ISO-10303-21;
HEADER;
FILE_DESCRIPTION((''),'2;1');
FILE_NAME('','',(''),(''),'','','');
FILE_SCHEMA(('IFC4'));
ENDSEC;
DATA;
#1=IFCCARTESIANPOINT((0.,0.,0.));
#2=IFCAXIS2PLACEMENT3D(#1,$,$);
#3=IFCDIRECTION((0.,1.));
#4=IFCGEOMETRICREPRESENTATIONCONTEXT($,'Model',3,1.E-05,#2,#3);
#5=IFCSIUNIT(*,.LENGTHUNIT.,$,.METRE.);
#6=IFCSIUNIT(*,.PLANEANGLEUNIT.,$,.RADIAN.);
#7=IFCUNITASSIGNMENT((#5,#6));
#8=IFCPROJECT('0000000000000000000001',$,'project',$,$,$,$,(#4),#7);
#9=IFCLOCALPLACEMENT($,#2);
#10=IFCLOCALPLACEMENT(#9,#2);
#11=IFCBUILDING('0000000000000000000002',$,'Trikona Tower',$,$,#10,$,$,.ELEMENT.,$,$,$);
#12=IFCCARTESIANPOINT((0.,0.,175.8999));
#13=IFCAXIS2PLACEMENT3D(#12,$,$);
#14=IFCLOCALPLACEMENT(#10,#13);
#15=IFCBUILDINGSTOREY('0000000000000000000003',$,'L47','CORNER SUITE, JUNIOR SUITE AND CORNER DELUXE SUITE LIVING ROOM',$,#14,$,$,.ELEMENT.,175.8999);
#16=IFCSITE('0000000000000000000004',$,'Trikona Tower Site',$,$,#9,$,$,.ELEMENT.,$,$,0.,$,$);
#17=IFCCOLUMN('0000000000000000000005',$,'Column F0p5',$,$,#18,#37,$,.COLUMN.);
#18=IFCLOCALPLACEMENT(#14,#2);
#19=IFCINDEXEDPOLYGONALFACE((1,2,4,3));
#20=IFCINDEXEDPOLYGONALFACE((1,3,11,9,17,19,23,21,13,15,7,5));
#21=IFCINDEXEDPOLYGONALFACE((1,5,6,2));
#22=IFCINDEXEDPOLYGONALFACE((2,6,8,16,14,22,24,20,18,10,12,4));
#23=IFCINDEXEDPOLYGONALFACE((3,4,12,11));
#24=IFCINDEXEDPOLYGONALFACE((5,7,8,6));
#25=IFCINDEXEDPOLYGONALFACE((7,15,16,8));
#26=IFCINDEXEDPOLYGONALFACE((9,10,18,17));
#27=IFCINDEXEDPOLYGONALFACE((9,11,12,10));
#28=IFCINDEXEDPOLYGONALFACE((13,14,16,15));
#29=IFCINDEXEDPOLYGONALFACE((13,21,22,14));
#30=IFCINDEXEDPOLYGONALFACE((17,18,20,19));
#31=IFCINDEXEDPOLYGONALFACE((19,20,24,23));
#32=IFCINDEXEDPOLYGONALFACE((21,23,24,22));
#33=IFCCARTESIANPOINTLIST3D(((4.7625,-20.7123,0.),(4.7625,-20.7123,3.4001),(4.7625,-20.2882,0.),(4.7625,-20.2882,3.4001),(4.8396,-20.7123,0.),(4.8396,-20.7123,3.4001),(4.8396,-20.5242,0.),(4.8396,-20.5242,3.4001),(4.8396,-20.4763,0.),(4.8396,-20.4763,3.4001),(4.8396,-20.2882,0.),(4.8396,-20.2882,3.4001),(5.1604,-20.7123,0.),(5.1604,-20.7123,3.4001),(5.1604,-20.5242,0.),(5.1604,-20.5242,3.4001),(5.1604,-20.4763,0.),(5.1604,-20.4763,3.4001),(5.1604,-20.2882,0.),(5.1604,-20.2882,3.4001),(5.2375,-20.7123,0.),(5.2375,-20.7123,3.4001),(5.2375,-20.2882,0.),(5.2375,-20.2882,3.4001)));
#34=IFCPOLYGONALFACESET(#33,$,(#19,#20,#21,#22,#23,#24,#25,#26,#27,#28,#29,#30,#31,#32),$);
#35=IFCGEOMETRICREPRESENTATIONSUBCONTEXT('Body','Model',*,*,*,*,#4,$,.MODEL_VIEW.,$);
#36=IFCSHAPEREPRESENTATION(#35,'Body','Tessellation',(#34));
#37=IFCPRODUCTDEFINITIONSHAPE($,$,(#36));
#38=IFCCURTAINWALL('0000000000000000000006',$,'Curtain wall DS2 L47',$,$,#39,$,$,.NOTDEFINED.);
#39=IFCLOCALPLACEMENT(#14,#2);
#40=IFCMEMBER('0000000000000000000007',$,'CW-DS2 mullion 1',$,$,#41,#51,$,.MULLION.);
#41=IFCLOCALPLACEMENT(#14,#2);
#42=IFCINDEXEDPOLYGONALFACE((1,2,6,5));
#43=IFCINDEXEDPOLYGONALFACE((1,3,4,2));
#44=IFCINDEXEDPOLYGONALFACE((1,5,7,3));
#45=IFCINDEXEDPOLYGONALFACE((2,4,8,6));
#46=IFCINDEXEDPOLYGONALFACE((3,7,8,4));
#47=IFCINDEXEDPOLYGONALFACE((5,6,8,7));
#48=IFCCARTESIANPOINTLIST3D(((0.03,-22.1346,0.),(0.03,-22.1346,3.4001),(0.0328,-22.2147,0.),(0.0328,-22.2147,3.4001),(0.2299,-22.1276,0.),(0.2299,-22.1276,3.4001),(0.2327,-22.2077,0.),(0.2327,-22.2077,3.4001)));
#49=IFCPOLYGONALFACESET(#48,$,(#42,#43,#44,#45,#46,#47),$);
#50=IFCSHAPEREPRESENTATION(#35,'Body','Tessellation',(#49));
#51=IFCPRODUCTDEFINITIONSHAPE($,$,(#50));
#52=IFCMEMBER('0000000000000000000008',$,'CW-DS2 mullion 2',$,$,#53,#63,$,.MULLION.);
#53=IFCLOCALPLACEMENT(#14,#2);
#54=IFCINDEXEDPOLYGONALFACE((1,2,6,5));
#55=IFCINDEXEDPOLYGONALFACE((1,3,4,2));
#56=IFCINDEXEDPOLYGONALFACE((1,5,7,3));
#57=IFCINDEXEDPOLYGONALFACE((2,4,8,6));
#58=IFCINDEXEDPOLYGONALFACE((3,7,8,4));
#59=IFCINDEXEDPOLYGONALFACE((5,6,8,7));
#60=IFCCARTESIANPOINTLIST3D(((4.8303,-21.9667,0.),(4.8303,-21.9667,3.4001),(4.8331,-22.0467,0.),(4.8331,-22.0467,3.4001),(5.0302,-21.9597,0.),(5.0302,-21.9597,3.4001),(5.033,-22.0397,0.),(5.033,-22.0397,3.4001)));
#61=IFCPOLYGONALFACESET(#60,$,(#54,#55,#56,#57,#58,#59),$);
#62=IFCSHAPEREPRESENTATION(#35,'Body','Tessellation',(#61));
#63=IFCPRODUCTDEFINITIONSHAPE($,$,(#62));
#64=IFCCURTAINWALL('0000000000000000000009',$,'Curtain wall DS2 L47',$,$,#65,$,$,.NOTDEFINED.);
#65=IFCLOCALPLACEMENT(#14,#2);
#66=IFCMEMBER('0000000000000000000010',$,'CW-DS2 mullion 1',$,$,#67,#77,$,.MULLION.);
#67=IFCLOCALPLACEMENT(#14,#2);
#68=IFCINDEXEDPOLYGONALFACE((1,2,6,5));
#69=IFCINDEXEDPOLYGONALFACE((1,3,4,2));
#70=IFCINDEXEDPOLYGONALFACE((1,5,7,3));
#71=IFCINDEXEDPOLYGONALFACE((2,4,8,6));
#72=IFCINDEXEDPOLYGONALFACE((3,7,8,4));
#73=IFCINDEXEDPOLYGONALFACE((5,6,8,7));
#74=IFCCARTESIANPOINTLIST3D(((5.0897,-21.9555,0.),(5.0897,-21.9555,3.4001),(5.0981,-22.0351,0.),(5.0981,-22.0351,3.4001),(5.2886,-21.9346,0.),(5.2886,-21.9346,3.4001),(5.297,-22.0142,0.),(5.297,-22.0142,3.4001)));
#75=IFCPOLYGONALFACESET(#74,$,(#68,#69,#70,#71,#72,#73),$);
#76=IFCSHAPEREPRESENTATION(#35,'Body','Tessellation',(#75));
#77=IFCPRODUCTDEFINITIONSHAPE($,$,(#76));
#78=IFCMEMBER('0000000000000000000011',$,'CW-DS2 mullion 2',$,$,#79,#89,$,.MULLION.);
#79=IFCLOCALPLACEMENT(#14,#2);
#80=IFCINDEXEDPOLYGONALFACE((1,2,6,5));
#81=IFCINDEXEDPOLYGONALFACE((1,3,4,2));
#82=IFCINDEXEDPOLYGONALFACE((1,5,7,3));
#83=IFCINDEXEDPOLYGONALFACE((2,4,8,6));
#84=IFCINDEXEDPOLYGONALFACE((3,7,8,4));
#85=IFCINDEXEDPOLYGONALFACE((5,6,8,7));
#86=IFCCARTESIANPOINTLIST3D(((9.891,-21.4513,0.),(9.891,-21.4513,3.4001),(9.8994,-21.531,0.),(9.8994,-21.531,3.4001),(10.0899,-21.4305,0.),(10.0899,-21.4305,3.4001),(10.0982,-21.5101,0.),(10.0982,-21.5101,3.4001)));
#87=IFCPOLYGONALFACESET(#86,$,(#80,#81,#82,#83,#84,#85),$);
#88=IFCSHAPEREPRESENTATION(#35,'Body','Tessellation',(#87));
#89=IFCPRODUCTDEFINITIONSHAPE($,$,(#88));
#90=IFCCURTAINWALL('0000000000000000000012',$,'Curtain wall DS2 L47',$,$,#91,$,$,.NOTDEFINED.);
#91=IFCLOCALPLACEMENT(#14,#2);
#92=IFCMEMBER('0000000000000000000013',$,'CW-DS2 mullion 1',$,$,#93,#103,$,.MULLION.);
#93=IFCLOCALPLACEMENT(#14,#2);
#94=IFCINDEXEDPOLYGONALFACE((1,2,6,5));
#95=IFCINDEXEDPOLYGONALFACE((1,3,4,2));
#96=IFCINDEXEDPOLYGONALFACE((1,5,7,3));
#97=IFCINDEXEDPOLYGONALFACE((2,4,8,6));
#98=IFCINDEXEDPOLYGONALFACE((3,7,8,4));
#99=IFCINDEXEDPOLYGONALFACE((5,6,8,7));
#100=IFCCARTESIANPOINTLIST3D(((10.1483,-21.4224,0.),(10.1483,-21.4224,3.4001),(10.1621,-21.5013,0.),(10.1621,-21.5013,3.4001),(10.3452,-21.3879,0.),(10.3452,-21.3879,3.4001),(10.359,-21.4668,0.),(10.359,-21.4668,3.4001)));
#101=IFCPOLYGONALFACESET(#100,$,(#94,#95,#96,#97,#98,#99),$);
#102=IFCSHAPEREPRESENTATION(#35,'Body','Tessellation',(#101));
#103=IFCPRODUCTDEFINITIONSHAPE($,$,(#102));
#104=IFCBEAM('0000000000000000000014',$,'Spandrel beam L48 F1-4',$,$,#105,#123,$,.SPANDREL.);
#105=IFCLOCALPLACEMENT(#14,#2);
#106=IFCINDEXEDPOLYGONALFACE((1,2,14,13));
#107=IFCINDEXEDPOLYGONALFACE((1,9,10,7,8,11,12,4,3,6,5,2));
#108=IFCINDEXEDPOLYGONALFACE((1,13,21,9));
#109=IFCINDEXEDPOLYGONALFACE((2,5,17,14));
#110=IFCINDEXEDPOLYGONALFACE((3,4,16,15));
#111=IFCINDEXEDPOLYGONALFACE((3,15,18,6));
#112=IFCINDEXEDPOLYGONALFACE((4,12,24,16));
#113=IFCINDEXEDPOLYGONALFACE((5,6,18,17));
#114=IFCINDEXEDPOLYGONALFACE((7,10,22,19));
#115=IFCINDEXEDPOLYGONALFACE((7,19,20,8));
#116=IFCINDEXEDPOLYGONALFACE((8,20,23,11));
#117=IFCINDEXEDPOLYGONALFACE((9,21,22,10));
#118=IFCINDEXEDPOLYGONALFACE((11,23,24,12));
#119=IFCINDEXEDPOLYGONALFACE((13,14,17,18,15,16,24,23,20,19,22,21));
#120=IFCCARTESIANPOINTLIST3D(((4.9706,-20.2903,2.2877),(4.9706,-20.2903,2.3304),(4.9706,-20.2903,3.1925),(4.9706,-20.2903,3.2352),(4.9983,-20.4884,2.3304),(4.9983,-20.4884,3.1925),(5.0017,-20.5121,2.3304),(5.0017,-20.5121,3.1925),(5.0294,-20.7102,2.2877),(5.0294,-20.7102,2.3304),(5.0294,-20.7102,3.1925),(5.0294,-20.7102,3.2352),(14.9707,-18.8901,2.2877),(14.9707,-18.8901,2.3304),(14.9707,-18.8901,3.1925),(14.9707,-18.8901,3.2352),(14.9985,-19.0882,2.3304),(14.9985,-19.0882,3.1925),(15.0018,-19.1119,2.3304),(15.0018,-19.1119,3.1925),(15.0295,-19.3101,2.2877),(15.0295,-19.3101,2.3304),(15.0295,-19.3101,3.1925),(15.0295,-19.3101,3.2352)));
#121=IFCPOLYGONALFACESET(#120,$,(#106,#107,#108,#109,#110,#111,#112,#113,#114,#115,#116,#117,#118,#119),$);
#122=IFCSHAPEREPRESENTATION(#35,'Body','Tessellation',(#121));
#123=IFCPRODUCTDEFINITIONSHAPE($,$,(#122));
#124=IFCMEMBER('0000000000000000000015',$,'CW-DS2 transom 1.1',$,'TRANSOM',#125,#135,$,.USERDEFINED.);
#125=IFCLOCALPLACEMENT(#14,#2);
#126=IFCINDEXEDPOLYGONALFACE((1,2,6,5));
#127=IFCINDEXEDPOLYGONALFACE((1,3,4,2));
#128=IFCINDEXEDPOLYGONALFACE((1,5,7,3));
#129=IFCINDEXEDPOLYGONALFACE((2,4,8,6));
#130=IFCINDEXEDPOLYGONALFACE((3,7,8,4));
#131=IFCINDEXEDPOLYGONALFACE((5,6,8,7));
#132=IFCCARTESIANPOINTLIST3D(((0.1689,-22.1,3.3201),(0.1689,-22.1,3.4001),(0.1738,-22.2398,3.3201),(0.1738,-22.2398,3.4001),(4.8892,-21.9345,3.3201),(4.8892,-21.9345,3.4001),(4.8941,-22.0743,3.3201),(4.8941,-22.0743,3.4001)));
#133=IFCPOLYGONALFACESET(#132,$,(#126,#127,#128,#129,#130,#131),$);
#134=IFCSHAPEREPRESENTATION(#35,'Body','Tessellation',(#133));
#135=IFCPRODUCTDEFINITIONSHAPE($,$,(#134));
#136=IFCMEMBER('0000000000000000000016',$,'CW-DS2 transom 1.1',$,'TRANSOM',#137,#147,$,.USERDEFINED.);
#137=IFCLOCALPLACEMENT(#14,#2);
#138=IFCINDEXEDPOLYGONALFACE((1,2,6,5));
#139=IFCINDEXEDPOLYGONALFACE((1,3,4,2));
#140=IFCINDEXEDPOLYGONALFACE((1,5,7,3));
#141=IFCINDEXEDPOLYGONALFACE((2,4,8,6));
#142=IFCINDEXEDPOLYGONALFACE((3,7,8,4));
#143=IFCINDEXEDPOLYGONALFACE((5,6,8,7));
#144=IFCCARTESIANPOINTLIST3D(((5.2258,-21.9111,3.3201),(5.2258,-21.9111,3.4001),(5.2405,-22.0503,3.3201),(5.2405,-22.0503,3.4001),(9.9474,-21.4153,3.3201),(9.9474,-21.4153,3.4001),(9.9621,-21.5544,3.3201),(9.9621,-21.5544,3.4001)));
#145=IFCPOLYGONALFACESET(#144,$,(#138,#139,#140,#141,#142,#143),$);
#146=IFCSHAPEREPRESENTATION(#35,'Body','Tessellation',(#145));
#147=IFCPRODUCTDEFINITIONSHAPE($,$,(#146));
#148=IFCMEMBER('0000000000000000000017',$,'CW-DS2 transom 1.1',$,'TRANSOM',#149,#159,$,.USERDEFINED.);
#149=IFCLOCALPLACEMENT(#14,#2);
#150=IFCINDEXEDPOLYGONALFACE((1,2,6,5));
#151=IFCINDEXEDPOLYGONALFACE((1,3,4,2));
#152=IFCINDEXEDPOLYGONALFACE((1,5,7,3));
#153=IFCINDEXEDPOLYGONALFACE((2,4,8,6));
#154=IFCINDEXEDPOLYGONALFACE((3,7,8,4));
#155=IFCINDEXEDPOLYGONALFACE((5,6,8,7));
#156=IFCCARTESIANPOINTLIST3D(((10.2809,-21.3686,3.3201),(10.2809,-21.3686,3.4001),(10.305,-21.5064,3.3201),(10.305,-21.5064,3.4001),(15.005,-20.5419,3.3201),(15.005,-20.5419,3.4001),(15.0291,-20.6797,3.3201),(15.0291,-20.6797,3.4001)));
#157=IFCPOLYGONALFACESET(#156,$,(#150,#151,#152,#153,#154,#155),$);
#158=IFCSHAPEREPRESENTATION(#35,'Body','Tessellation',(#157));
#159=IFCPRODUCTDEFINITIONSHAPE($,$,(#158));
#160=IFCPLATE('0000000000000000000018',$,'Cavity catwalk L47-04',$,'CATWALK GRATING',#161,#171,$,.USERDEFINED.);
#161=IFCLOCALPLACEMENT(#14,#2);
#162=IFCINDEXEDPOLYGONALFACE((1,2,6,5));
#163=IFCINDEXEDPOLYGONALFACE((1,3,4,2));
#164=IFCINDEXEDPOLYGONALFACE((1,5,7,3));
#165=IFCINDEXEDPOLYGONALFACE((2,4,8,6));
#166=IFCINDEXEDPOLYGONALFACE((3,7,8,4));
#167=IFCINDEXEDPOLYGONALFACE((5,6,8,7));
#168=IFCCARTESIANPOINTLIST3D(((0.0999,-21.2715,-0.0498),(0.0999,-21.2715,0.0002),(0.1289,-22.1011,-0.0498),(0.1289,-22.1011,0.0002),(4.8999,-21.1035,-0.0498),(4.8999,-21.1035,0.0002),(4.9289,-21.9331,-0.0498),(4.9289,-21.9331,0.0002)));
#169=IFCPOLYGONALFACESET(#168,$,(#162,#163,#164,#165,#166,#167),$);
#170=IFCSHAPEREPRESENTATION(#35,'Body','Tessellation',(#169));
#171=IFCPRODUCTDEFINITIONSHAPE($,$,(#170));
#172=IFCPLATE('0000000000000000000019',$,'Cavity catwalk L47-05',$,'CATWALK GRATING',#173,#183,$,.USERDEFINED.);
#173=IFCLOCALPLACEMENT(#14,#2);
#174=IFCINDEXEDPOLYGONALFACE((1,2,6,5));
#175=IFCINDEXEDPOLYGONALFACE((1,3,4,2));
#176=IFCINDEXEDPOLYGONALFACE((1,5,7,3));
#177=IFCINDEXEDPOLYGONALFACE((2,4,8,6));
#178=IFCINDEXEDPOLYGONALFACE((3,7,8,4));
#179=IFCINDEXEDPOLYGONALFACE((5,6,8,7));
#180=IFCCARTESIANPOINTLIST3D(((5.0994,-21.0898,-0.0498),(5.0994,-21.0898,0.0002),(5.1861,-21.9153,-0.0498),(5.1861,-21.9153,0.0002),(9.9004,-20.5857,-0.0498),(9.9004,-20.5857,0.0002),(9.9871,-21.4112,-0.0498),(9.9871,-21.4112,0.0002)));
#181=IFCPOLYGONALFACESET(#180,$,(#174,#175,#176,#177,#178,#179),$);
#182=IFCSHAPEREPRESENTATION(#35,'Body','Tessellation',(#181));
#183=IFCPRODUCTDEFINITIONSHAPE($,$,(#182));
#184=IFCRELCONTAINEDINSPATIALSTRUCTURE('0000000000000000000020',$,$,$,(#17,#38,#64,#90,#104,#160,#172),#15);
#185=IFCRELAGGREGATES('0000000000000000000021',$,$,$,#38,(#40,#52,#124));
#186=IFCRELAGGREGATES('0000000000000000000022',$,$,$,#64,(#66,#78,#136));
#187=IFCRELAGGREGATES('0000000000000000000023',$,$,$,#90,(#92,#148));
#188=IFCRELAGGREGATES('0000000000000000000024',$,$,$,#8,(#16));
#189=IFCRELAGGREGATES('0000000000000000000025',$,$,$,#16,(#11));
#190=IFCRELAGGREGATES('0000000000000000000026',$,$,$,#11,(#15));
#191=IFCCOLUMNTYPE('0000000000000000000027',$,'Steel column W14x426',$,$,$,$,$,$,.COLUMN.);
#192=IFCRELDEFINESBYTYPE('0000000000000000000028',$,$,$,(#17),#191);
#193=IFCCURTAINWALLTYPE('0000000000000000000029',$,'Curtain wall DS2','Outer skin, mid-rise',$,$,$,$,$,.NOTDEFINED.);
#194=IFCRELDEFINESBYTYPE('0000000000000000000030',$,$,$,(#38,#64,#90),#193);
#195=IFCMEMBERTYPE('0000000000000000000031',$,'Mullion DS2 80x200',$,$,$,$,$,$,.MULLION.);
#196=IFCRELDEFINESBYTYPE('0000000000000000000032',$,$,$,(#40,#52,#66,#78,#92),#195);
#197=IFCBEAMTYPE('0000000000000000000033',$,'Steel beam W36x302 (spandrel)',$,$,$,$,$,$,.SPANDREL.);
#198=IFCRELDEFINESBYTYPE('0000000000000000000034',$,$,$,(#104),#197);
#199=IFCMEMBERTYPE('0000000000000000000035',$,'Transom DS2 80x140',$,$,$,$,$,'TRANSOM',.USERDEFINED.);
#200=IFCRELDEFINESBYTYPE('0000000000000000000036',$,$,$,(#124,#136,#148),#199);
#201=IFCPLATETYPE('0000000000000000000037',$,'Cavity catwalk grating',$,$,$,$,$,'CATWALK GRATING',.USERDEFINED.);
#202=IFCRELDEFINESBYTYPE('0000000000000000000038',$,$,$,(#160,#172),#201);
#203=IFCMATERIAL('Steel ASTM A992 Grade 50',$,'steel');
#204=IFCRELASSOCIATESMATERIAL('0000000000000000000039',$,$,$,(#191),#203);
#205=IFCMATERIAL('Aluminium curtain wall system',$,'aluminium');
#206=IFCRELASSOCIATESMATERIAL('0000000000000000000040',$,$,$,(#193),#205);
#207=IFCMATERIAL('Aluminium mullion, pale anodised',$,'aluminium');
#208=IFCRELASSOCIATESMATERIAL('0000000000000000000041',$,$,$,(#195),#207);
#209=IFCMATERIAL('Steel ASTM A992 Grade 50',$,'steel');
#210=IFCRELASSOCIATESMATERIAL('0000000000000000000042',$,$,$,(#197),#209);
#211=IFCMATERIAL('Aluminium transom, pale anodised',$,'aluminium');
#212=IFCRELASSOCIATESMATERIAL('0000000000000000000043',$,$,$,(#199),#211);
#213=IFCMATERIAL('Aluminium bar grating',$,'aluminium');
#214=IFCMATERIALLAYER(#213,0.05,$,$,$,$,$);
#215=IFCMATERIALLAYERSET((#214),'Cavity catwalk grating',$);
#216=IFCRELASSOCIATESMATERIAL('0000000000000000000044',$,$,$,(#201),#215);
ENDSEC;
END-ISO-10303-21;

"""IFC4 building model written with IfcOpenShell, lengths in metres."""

from ifc_helpers import new_model, si_unit, direction, frame, origin, origin_2d, place, context, subcontext, project, spatial, rectangle, i_section, extrude, material, layer, layer_set, material_profile, profile_set, type_object, element, aggregate, save


model = new_model("IFC4")

# Units and contexts
model_context = context("Model", 3, precision=1e-05, world=origin(), true_north=direction((0.0, 1.0)))
body_context = subcontext(model_context, "Body", "Model", "MODEL_VIEW")
ifc_project = project(units=[si_unit("LENGTHUNIT", "METRE"), si_unit("PLANEANGLEUNIT", "RADIAN")], contexts=[model_context])

# Site, building, storey
site_placement = place(None, origin())
site = spatial("IfcSite", under=ifc_project, at=site_placement, Name="Trikona Tower Site", CompositionType="ELEMENT", RefElevation=0.0)
building_placement = place(site_placement, origin())
building = spatial("IfcBuilding", under=site, at=building_placement, Name="Trikona Tower", CompositionType="ELEMENT")
storey_placement = place(building_placement, frame((0.0, 0.0, 175.8999)))
storey = spatial("IfcBuildingStorey", under=building, at=storey_placement, Name="L47", Description="CORNER SUITE, JUNIOR SUITE AND CORNER DELUXE SUITE LIVING ROOM", CompositionType="ELEMENT", Elevation=175.8999)

# Column
ifc_material_1 = material(Name="Steel ASTM A992 Grade 50", Category="steel")
ifc_material_profile_1 = material_profile(ifc_material_1, i_section(OverallWidth=0.4241, OverallDepth=0.4751, WebThickness=0.0479, FlangeThickness=0.0771, at=origin_2d()), Name="W14X426")
ifc_profile_set_1 = profile_set([ifc_material_profile_1], Name="Steel ASTM A992 Grade 50")
column_type = type_object("IfcColumnType", Name="Steel column W14x426", PredefinedType="COLUMN", material=ifc_profile_set_1)
column_placement = place(storey_placement, frame((5.0, -20.5002, 0.0), z_axis=(0.0, 0.0, 1.0), x_axis=(0.0, -1.0, 0.0)))
element("IfcColumn", 1, at=column_placement, inside=storey, type_object=column_type, Name="Column F0p5", PredefinedType="COLUMN", context=body_context, shape_type="SweptSolid", body=[
    extrude(i_section(OverallWidth=0.4241, OverallDepth=0.4751, WebThickness=0.0479, FlangeThickness=0.0771, at=origin_2d()), origin(), (0.0, 0.0, 1.0), 3.4001),
])

# Curtain walls, members
ifc_material_2 = material(Name="Aluminium curtain wall system", Category="aluminium")
curtain_wall_type = type_object("IfcCurtainWallType", Name="Curtain wall DS2", Description="Outer skin, mid-rise", PredefinedType="NOTDEFINED", material=ifc_material_2)
curtain_wall_1_placement = place(storey_placement, origin())
curtain_wall_1 = element("IfcCurtainWall", 2, at=curtain_wall_1_placement, inside=storey, type_object=curtain_wall_type, Name="Curtain wall DS2 L47", PredefinedType="NOTDEFINED")
ifc_material_3 = material(Name="Aluminium mullion, pale anodised", Category="aluminium")
ifc_material_profile_2 = material_profile(ifc_material_3, rectangle(XDim=0.0801, YDim=0.2, at=origin_2d()), Name="MUL-DS2")
ifc_profile_set_2 = profile_set([ifc_material_profile_2], Name="Aluminium mullion, pale anodised")
member_type_1 = type_object("IfcMemberType", Name="Mullion DS2 80x200", PredefinedType="MULLION", material=ifc_profile_set_2)
member_1_placement = place(storey_placement, frame((0.1313, -22.1711, 0.0), z_axis=(0.0, 0.0, 1.0), x_axis=(-0.034998, 0.999387, 0.0)))
member_1 = element("IfcMember", 3, at=member_1_placement, type_object=member_type_1, Name="CW-DS2 mullion 1", PredefinedType="MULLION", context=body_context, shape_type="SweptSolid", body=[
    extrude(rectangle(XDim=0.0801, YDim=0.2, at=origin_2d()), origin(), (0.0, 0.0, 1.0), 3.4001),
])
member_2_placement = place(storey_placement, frame((4.9316, -22.0032, 0.0), z_axis=(0.0, 0.0, 1.0), x_axis=(-0.034998, 0.999387, 0.0)))
member_2 = element("IfcMember", 4, at=member_2_placement, type_object=member_type_1, Name="CW-DS2 mullion 2", PredefinedType="MULLION", context=body_context, shape_type="SweptSolid", body=[
    extrude(rectangle(XDim=0.0801, YDim=0.2, at=origin_2d()), origin(), (0.0, 0.0, 1.0), 3.4001),
])
curtain_wall_2_placement = place(storey_placement, origin())
curtain_wall_2 = element("IfcCurtainWall", 5, at=curtain_wall_2_placement, inside=storey, type_object=curtain_wall_type, Name="Curtain wall DS2 L47", PredefinedType="NOTDEFINED")
member_3_placement = place(storey_placement, frame((5.1934, -21.9849, 0.0), z_axis=(0.0, 0.0, 1.0), x_axis=(-0.104433, 0.994532, 0.0)))
member_3 = element("IfcMember", 6, at=member_3_placement, type_object=member_type_1, Name="CW-DS2 mullion 1", PredefinedType="MULLION", context=body_context, shape_type="SweptSolid", body=[
    extrude(rectangle(XDim=0.0801, YDim=0.2, at=origin_2d()), origin(), (0.0, 0.0, 1.0), 3.4001),
])
member_4_placement = place(storey_placement, frame((9.9946, -21.4807, 0.0), z_axis=(0.0, 0.0, 1.0), x_axis=(-0.104433, 0.994532, 0.0)))
member_4 = element("IfcMember", 7, at=member_4_placement, type_object=member_type_1, Name="CW-DS2 mullion 2", PredefinedType="MULLION", context=body_context, shape_type="SweptSolid", body=[
    extrude(rectangle(XDim=0.0801, YDim=0.2, at=origin_2d()), origin(), (0.0, 0.0, 1.0), 3.4001),
])

# Curtain wall, member
curtain_wall_3_placement = place(storey_placement, origin())
curtain_wall_3 = element("IfcCurtainWall", 8, at=curtain_wall_3_placement, inside=storey, type_object=curtain_wall_type, Name="Curtain wall DS2 L47", PredefinedType="NOTDEFINED")
member_5_placement = place(storey_placement, frame((10.2537, -21.4446, 0.0), z_axis=(0.0, 0.0, 1.0), x_axis=(-0.172377, 0.985031, 0.0)))
member_5 = element("IfcMember", 9, at=member_5_placement, type_object=member_type_1, Name="CW-DS2 mullion 1", PredefinedType="MULLION", context=body_context, shape_type="SweptSolid", body=[
    extrude(rectangle(XDim=0.0801, YDim=0.2, at=origin_2d()), origin(), (0.0, 0.0, 1.0), 3.4001),
])

# Beam
ifc_material_4 = material(Name="Steel ASTM A992 Grade 50", Category="steel")
ifc_material_profile_3 = material_profile(ifc_material_4, i_section(OverallWidth=0.4241, OverallDepth=0.9475, WebThickness=0.0239, FlangeThickness=0.0427, at=origin_2d()), Name="W36X302")
ifc_profile_set_3 = profile_set([ifc_material_profile_3], Name="Steel ASTM A992 Grade 50")
beam_type = type_object("IfcBeamType", Name="Steel beam W36x302 (spandrel)", PredefinedType="SPANDREL", material=ifc_profile_set_3)
beam_placement = place(storey_placement, frame((5.0, -20.5002, 2.7615), z_axis=(0.99034, 0.138662, 0.0), x_axis=(-0.138662, 0.99034, 0.0)))
element("IfcBeam", 10, at=beam_placement, inside=storey, type_object=beam_type, Name="Spandrel beam L48 F1-4", PredefinedType="SPANDREL", context=body_context, shape_type="SweptSolid", body=[
    extrude(i_section(OverallWidth=0.4241, OverallDepth=0.9475, WebThickness=0.0239, FlangeThickness=0.0427, at=origin_2d()), origin(), (0.0, 0.0, 1.0), 10.0977),
])

# Members
ifc_material_5 = material(Name="Aluminium transom, pale anodised", Category="aluminium")
ifc_material_profile_4 = material_profile(ifc_material_5, rectangle(XDim=0.1399, YDim=0.0801, at=origin_2d()), Name="TRN-DS2")
ifc_profile_set_4 = profile_set([ifc_material_profile_4], Name="Aluminium transom, pale anodised")
member_type_2 = type_object("IfcMemberType", Name="Transom DS2 80x140", ElementType="TRANSOM", PredefinedType="USERDEFINED", material=ifc_profile_set_4)
member_6_placement = place(storey_placement, frame((0.1714, -22.1699, 3.3601), z_axis=(0.999386, 0.035046, 0.0), x_axis=(-0.035046, 0.999386, 0.0)))
member_6 = element("IfcMember", 11, at=member_6_placement, type_object=member_type_2, Name="CW-DS2 transom 1.1", ObjectType="TRANSOM", PredefinedType="USERDEFINED", context=body_context, shape_type="SweptSolid", body=[
    extrude(rectangle(XDim=0.1399, YDim=0.0801, at=origin_2d()), origin(), (0.0, 0.0, 1.0), 4.7231),
])
member_7_placement = place(storey_placement, frame((5.2332, -21.9807, 3.3601), z_axis=(0.994531, 0.104441, 0.0), x_axis=(-0.104441, 0.994531, 0.0)))
member_7 = element("IfcMember", 12, at=member_7_placement, type_object=member_type_2, Name="CW-DS2 transom 1.1", ObjectType="TRANSOM", PredefinedType="USERDEFINED", context=body_context, shape_type="SweptSolid", body=[
    extrude(rectangle(XDim=0.1399, YDim=0.0801, at=origin_2d()), origin(), (0.0, 0.0, 1.0), 4.7476),
])
member_8_placement = place(storey_placement, frame((10.293, -21.4375, 3.3601), z_axis=(0.985033, 0.172368, 0.0), x_axis=(-0.172368, 0.985033, 0.0)))
member_8 = element("IfcMember", 13, at=member_8_placement, type_object=member_type_2, Name="CW-DS2 transom 1.1", ObjectType="TRANSOM", PredefinedType="USERDEFINED", context=body_context, shape_type="SweptSolid", body=[
    extrude(rectangle(XDim=0.1399, YDim=0.0801, at=origin_2d()), origin(), (0.0, 0.0, 1.0), 4.7959),
])

# Plates
ifc_material_6 = material(Name="Aluminium bar grating", Category="aluminium")
ifc_layer_1 = layer(ifc_material_6, 0.05)
ifc_layer_set_1 = layer_set([ifc_layer_1], Name="Cavity catwalk grating")
plate_type_1 = type_object("IfcPlateType", Name="Cavity catwalk grating", ElementType="CATWALK GRATING", PredefinedType="USERDEFINED", material=ifc_layer_set_1)
plate_1_placement = place(storey_placement, frame((2.5144, -21.6023, -0.0498), z_axis=(0.0, 0.0, 1.0), x_axis=(0.999388, 0.034978, 0.0)))
element("IfcPlate", 14, at=plate_1_placement, inside=storey, type_object=plate_type_1, Name="Cavity catwalk L47-04", ObjectType="CATWALK GRATING", PredefinedType="USERDEFINED", context=body_context, shape_type="SweptSolid", body=[
    extrude(rectangle(XDim=4.803, YDim=0.8301, at=origin_2d()), origin(), (0.0, 0.0, 1.0), 0.05),
])
plate_2_placement = place(storey_placement, frame((7.5432, -21.2505, -0.0498), z_axis=(0.0, 0.0, 1.0), x_axis=(0.994533, 0.104426, 0.0)))
element("IfcPlate", 15, at=plate_2_placement, inside=storey, type_object=plate_type_1, Name="Cavity catwalk L47-05", ObjectType="CATWALK GRATING", PredefinedType="USERDEFINED", context=body_context, shape_type="SweptSolid", body=[
    extrude(rectangle(XDim=4.8274, YDim=0.8301, at=origin_2d()), origin(), (0.0, 0.0, 1.0), 0.05),
])

aggregate(curtain_wall_1, [member_1, member_2, member_6])
aggregate(curtain_wall_2, [member_3, member_4, member_7])
aggregate(curtain_wall_3, [member_5, member_8])

save(model, "model.ifc")
